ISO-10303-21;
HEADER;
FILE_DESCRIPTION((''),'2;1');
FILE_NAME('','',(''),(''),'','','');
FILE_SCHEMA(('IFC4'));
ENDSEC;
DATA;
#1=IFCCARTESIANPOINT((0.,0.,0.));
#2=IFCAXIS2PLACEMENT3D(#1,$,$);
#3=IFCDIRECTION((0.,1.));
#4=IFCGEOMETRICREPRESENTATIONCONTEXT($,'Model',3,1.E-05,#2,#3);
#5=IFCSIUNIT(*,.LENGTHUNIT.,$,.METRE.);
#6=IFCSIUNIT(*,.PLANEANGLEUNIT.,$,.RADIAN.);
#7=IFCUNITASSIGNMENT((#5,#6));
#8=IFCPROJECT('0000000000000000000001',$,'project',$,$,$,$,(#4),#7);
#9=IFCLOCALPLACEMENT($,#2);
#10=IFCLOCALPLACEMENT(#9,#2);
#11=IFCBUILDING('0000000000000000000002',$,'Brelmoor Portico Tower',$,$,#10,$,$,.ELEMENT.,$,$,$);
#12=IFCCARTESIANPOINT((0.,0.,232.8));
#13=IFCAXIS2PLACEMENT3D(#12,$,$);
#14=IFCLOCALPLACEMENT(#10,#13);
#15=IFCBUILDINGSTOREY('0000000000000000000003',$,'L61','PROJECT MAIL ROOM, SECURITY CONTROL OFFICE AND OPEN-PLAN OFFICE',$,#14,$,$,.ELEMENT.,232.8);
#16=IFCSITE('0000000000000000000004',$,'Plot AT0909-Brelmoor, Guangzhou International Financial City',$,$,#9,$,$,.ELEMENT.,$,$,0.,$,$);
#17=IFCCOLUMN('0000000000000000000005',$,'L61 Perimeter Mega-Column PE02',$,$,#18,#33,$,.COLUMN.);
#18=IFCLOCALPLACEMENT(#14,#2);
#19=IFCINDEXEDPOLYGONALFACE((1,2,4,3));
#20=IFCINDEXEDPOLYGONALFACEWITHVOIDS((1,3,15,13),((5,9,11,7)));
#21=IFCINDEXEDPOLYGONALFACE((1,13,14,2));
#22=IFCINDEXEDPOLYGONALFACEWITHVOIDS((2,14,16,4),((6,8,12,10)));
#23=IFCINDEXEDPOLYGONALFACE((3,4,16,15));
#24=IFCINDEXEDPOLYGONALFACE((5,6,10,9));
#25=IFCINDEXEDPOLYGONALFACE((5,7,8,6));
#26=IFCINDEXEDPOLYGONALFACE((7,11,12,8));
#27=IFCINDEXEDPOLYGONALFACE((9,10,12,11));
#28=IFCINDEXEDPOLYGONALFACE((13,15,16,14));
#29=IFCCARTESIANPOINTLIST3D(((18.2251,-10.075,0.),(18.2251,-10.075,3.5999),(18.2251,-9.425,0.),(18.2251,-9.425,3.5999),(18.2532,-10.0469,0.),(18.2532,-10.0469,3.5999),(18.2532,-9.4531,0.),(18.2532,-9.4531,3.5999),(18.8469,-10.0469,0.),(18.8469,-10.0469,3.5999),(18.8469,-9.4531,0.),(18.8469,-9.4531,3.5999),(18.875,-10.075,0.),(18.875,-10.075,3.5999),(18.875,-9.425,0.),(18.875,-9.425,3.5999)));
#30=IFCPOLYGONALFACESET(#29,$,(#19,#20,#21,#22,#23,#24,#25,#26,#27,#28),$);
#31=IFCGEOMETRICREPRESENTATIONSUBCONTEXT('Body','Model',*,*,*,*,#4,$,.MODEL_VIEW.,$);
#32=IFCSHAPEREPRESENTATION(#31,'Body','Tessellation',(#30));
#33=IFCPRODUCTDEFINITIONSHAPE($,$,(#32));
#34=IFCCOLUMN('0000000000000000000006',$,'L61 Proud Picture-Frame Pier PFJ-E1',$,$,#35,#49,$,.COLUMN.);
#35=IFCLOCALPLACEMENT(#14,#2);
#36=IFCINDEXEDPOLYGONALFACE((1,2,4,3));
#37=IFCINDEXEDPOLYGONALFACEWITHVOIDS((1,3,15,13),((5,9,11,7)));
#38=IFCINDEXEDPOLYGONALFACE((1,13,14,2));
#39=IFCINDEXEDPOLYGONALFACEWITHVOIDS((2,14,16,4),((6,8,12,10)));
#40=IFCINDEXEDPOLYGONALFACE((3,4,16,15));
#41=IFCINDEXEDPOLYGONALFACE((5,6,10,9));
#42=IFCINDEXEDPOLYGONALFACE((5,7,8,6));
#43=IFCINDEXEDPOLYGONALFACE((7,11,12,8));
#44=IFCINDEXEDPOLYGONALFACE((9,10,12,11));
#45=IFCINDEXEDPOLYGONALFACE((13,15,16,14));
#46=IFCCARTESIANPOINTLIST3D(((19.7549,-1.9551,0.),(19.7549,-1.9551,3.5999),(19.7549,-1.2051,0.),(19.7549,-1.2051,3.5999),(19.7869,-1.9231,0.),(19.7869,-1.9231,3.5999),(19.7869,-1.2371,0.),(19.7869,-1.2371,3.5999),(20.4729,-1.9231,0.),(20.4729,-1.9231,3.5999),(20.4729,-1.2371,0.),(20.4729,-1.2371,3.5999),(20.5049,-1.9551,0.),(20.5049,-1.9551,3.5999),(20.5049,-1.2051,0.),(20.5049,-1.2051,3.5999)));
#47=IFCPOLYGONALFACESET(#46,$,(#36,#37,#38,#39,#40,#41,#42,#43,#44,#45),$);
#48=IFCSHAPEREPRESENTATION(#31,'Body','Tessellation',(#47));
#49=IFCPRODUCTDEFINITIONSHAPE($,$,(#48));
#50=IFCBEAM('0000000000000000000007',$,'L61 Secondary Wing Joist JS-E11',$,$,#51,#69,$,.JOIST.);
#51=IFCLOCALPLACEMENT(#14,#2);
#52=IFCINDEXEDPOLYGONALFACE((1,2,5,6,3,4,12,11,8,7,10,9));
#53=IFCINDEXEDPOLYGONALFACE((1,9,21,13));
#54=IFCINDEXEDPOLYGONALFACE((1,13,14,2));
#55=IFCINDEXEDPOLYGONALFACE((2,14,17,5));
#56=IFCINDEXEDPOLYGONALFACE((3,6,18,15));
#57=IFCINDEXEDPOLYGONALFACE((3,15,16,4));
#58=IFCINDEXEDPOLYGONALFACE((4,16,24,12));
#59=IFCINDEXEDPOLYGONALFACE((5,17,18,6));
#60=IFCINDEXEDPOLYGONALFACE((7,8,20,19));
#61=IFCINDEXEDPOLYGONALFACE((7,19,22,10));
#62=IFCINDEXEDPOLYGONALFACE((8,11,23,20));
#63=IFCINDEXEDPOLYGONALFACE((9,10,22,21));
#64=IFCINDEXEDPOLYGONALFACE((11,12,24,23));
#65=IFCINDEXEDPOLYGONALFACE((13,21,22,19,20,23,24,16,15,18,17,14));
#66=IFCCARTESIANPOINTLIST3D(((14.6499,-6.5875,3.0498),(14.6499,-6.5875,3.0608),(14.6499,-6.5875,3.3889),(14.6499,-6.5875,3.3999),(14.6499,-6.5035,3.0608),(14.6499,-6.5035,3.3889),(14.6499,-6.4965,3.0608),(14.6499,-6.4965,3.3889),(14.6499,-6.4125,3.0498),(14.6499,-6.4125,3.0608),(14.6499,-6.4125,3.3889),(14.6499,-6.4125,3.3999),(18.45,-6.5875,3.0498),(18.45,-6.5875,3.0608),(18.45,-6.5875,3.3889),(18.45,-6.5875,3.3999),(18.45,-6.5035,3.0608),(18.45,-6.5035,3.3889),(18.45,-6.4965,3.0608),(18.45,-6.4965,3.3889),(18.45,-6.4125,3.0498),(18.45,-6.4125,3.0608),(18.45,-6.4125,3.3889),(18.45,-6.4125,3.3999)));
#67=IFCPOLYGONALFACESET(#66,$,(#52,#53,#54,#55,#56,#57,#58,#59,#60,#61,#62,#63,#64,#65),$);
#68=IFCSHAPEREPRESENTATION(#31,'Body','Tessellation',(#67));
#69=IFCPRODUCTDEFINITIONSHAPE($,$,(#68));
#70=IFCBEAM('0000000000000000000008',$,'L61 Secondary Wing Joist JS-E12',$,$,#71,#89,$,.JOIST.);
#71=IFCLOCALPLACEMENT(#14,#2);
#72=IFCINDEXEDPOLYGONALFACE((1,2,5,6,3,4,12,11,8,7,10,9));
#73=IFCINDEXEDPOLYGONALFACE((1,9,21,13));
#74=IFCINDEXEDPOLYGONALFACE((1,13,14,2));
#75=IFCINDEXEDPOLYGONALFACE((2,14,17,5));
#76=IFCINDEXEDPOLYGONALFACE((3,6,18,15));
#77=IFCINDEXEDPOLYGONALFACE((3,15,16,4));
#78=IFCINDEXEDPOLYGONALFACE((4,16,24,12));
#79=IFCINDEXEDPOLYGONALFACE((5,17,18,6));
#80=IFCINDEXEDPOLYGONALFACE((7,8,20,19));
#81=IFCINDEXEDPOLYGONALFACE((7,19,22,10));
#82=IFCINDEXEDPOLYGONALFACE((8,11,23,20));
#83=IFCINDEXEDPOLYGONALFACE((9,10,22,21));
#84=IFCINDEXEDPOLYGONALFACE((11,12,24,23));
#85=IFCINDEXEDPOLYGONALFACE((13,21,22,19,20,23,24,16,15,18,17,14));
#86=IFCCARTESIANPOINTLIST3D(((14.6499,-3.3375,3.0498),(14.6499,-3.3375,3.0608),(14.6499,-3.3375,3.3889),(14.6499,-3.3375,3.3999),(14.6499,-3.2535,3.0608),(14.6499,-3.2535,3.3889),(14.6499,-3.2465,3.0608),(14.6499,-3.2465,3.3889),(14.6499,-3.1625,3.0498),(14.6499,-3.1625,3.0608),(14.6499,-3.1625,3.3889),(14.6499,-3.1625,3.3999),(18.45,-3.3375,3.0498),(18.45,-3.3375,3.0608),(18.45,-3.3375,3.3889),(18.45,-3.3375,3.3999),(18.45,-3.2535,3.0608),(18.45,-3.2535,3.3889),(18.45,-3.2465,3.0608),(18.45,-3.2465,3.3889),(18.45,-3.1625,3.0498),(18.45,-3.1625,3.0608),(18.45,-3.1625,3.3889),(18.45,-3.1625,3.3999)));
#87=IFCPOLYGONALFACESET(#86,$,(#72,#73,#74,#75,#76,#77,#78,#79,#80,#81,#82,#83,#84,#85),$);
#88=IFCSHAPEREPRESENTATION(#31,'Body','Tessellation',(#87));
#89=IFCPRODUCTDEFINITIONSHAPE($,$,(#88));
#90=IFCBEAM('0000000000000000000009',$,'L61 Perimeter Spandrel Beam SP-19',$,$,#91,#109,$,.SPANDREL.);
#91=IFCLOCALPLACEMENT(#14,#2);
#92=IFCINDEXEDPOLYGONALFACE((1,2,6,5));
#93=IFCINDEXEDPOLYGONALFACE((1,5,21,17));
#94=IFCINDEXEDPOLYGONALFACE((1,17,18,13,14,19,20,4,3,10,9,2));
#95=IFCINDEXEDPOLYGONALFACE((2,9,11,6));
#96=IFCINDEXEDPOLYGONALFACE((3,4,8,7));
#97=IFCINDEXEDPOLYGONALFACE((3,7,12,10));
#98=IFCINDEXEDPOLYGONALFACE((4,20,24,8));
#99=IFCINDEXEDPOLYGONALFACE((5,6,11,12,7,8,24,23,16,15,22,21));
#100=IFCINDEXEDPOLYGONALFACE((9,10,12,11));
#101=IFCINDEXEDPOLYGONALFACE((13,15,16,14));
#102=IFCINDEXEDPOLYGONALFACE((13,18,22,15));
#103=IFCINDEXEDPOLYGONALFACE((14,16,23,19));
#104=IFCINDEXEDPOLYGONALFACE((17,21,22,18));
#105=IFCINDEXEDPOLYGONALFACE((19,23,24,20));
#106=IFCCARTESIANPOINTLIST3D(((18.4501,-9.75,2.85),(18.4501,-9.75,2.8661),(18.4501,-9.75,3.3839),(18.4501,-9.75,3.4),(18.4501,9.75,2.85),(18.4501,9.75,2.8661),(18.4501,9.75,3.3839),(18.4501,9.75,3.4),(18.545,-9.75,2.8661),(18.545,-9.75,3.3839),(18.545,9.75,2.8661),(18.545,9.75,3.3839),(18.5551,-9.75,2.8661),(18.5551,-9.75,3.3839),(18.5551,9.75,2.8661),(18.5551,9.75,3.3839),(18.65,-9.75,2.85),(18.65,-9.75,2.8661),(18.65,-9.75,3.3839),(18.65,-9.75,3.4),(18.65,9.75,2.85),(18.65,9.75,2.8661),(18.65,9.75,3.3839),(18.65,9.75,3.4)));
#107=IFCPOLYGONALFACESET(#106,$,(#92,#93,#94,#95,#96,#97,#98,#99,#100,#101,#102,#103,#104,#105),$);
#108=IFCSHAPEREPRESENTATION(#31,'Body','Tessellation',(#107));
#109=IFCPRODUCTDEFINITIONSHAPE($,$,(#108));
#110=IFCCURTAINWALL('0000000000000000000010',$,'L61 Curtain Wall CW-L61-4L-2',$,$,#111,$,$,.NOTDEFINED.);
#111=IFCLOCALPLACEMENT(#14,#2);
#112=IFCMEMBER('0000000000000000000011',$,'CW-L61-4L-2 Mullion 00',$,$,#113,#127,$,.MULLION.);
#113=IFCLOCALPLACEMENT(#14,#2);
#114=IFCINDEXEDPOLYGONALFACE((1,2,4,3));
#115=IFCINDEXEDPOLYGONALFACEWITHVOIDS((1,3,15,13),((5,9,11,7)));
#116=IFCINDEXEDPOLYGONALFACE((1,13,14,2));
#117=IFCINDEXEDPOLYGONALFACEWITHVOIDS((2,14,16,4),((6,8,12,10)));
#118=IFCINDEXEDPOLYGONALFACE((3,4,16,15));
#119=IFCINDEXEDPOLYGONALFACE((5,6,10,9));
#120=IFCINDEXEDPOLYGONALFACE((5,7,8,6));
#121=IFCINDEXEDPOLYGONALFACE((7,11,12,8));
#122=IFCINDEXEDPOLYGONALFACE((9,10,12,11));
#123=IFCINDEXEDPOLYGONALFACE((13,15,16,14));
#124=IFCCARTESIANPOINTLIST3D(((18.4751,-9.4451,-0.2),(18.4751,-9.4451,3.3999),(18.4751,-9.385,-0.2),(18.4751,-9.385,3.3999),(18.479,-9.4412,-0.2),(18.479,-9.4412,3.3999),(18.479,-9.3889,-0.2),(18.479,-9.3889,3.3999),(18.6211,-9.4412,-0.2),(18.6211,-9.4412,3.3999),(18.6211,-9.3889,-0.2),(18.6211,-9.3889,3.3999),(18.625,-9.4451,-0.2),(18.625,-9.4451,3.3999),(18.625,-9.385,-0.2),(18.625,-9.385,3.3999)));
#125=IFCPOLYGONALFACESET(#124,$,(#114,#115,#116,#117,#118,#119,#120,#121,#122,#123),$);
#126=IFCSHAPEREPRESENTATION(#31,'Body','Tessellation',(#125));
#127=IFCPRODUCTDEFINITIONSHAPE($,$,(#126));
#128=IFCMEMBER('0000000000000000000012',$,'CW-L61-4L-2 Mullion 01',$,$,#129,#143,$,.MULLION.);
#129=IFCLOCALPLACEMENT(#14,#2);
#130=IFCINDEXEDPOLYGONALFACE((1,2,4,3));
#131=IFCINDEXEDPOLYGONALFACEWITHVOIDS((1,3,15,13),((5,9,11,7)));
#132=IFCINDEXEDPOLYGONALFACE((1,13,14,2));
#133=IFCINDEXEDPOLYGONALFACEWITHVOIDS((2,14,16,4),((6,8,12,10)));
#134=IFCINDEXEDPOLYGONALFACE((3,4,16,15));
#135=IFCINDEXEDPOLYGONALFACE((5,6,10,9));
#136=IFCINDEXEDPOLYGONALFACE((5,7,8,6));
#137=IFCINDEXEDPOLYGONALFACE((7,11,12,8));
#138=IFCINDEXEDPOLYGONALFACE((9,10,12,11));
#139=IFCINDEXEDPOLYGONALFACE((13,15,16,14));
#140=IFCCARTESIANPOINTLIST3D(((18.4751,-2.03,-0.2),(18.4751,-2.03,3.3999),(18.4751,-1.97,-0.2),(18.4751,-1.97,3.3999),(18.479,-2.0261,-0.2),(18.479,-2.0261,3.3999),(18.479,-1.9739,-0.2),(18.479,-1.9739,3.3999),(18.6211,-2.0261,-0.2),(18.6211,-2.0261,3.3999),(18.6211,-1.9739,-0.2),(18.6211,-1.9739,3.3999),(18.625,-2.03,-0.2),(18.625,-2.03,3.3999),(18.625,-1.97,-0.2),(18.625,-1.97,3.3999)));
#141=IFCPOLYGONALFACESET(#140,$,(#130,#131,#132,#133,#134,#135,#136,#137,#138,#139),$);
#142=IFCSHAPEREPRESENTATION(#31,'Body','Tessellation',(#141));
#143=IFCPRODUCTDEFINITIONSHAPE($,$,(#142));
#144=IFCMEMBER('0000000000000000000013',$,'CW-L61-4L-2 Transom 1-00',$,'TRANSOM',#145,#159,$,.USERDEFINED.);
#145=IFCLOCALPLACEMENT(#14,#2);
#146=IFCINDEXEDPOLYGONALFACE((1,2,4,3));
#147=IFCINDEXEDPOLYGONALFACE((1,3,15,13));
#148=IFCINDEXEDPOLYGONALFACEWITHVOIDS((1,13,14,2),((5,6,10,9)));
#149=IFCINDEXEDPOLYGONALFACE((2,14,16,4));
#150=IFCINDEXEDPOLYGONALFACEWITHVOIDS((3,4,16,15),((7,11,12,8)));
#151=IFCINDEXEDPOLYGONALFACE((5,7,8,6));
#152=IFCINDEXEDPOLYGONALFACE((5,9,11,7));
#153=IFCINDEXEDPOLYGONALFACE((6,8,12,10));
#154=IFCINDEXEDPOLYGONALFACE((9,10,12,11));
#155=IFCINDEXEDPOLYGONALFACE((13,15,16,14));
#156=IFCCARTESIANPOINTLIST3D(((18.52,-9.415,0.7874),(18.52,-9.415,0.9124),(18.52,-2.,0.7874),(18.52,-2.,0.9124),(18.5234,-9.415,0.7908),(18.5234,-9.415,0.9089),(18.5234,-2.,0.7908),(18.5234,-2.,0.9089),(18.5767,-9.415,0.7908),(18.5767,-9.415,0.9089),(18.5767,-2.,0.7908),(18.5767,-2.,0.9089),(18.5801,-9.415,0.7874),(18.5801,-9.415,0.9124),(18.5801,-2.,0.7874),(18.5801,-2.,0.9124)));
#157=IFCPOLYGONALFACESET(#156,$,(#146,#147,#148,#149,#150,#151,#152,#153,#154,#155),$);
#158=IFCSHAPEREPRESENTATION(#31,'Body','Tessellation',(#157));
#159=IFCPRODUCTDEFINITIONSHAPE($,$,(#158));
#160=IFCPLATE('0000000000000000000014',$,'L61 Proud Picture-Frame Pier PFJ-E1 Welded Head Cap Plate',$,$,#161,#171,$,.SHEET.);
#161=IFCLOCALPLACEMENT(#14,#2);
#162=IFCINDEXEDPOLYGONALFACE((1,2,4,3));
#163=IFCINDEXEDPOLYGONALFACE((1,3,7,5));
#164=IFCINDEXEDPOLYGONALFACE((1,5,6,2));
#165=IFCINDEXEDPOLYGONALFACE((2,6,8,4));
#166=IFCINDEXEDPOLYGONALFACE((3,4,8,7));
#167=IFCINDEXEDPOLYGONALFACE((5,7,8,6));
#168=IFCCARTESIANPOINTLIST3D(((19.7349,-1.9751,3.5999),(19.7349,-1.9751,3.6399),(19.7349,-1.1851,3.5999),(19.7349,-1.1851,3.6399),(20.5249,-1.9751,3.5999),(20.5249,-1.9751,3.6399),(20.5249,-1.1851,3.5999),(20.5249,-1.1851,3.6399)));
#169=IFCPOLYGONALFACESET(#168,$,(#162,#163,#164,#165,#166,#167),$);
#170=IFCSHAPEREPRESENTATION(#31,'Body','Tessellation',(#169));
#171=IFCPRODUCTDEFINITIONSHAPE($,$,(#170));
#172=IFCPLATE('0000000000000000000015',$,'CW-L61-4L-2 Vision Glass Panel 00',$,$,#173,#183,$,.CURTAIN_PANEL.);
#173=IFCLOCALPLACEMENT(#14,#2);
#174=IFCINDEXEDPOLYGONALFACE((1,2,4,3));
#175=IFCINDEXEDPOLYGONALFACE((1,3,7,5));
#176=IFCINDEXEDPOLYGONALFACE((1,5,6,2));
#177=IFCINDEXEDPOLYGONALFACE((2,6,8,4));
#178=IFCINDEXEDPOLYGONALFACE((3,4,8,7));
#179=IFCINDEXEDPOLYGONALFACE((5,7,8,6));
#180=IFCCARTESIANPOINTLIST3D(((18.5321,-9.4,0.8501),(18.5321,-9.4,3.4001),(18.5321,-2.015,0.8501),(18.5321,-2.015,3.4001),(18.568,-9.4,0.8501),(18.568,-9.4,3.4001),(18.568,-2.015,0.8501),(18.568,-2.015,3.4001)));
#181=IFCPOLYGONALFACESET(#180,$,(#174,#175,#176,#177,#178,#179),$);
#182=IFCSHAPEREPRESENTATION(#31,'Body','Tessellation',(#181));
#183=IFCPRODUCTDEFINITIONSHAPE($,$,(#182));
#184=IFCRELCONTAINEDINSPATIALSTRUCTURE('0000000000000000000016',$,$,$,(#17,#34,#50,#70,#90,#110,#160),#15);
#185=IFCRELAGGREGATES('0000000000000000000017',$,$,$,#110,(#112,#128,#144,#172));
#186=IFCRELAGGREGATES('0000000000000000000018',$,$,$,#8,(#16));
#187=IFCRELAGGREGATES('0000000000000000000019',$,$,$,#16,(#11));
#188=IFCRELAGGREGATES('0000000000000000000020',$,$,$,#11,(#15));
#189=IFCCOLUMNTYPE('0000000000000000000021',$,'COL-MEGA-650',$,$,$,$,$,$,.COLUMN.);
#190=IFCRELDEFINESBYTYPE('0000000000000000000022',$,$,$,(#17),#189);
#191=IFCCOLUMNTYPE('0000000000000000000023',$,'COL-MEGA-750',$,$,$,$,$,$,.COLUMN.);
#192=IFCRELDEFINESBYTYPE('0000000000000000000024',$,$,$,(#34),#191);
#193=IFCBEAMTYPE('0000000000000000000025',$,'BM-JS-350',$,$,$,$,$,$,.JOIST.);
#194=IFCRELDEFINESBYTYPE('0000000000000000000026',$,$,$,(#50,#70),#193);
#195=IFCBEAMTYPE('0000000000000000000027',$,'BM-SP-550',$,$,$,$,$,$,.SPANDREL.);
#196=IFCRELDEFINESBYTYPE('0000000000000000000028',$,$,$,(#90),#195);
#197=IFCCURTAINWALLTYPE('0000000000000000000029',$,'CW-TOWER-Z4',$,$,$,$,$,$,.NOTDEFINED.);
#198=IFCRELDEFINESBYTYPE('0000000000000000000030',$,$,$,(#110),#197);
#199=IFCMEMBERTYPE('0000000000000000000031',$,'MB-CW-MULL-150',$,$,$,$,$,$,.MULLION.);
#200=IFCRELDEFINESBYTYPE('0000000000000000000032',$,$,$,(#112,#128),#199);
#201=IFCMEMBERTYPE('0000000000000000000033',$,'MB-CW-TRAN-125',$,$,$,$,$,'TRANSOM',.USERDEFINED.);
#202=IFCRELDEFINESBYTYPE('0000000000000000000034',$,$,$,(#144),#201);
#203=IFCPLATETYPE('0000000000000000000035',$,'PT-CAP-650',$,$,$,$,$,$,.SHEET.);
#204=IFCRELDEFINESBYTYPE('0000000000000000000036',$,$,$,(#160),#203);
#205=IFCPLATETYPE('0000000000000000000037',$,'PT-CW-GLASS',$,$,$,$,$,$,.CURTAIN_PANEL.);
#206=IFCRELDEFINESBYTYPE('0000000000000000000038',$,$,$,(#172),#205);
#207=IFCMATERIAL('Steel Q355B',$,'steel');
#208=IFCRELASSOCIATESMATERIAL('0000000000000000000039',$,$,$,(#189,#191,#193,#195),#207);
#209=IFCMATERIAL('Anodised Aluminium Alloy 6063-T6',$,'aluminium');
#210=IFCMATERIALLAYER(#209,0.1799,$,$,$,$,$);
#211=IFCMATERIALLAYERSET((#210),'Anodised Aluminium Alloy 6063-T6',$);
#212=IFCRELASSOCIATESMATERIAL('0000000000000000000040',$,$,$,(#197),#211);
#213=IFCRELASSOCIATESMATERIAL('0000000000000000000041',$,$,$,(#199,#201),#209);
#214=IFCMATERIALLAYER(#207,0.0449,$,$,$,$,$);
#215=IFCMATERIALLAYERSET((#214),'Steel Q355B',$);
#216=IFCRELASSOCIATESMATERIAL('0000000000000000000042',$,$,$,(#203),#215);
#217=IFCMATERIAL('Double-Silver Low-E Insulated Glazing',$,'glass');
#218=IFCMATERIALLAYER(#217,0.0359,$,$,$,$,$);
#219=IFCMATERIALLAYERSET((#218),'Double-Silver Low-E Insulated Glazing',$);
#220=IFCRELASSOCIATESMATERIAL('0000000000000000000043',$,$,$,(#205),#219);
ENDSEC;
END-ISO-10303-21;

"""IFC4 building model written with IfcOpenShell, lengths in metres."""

from ifc_helpers import new_model, si_unit, direction, frame, origin, origin_2d, place, context, subcontext, project, spatial, rectangle, hollow_rectangle, i_section, extrude, material, layer, layer_set, material_profile, profile_set, type_object, element, aggregate, save


model = new_model("IFC4")

# Units and contexts
model_context = context("Model", 3, precision=1e-05, world=origin(), true_north=direction((0.0, 1.0)))
body_context = subcontext(model_context, "Body", "Model", "MODEL_VIEW")
ifc_project = project(units=[si_unit("LENGTHUNIT", "METRE"), si_unit("PLANEANGLEUNIT", "RADIAN")], contexts=[model_context])

# Site, building, storey
site_placement = place(None, origin())
site = spatial("IfcSite", under=ifc_project, at=site_placement, Name="Plot AT0909-Brelmoor, Guangzhou International Financial City", CompositionType="ELEMENT", RefElevation=0.0)
building_placement = place(site_placement, origin())
building = spatial("IfcBuilding", under=site, at=building_placement, Name="Brelmoor Portico Tower", CompositionType="ELEMENT")
storey_placement = place(building_placement, frame((0.0, 0.0, 232.8)))
storey = spatial("IfcBuildingStorey", under=building, at=storey_placement, Name="L61", Description="PROJECT MAIL ROOM, SECURITY CONTROL OFFICE AND OPEN-PLAN OFFICE", CompositionType="ELEMENT", Elevation=232.8)

# Columns
ifc_material_1 = material(Name="Steel Q355B", Category="steel")
ifc_material_profile_1 = material_profile(ifc_material_1, hollow_rectangle(XDim=0.6499, YDim=0.6499, WallThickness=0.0281, at=origin_2d()), Name="BOX 650x650x28")
ifc_profile_set_1 = profile_set([ifc_material_profile_1], Name="Steel Q355B")
column_type_1 = type_object("IfcColumnType", Name="COL-MEGA-650", PredefinedType="COLUMN", material=ifc_profile_set_1)
column_1_placement = place(storey_placement, frame((18.55, -9.75, 0.0), z_axis=(0.0, 0.0, 1.0), x_axis=(0.0, 1.0, 0.0)))
element("IfcColumn", 1, at=column_1_placement, inside=storey, type_object=column_type_1, Name="L61 Perimeter Mega-Column PE02", PredefinedType="COLUMN", context=body_context, shape_type="SweptSolid", body=[
    extrude(hollow_rectangle(XDim=0.6499, YDim=0.6499, WallThickness=0.0281, at=origin_2d()), origin(), (0.0, 0.0, 1.0), 3.5999),
])
ifc_material_profile_2 = material_profile(ifc_material_1, hollow_rectangle(XDim=0.75, YDim=0.75, WallThickness=0.032, at=origin_2d()), Name="BOX 750x750x32")
ifc_profile_set_2 = profile_set([ifc_material_profile_2], Name="Steel Q355B")
column_type_2 = type_object("IfcColumnType", Name="COL-MEGA-750", PredefinedType="COLUMN", material=ifc_profile_set_2)
column_2_placement = place(storey_placement, frame((20.1299, -1.5801, 0.0), z_axis=(0.0, 0.0, 1.0), x_axis=(0.0, 1.0, 0.0)))
element("IfcColumn", 2, at=column_2_placement, inside=storey, type_object=column_type_2, Name="L61 Proud Picture-Frame Pier PFJ-E1", PredefinedType="COLUMN", context=body_context, shape_type="SweptSolid", body=[
    extrude(hollow_rectangle(XDim=0.75, YDim=0.75, WallThickness=0.032, at=origin_2d()), origin(), (0.0, 0.0, 1.0), 3.5999),
])

# Beams
ifc_material_profile_3 = material_profile(ifc_material_1, i_section(OverallWidth=0.175, OverallDepth=0.3501, WebThickness=0.0071, FlangeThickness=0.011, at=origin_2d()), Name="HN 350x175x7x11")
ifc_profile_set_3 = profile_set([ifc_material_profile_3], Name="Steel Q355B")
beam_type_1 = type_object("IfcBeamType", Name="BM-JS-350", PredefinedType="JOIST", material=ifc_profile_set_3)
for number, where, z_axis, x_axis, name in (
    (3, (14.6499, -6.5, 3.2249), (1.0, 0.0, 0.0), (0.0, 1.0, 0.0), "L61 Secondary Wing Joist JS-E11"),
    (4, (14.6499, -3.25, 3.2249), (1.0, 0.0, 0.0), (0.0, 1.0, 0.0), "L61 Secondary Wing Joist JS-E12"),
):
    element("IfcBeam", number, at=place(storey_placement, frame(where, z_axis=z_axis, x_axis=x_axis)), inside=storey, type_object=beam_type_1, Name=name, PredefinedType="JOIST", context=body_context, shape_type="SweptSolid", body=[
        extrude(i_section(OverallWidth=0.175, OverallDepth=0.3501, WebThickness=0.0071, FlangeThickness=0.011, at=origin_2d()), origin(), (0.0, 0.0, 1.0), 3.8),
    ])
ifc_material_profile_4 = material_profile(ifc_material_1, i_section(OverallWidth=0.2, OverallDepth=0.55, WebThickness=0.01, FlangeThickness=0.0161, at=origin_2d()), Name="HN 550x200x10x16")
ifc_profile_set_4 = profile_set([ifc_material_profile_4], Name="Steel Q355B")
beam_type_2 = type_object("IfcBeamType", Name="BM-SP-550", PredefinedType="SPANDREL", material=ifc_profile_set_4)
beam_placement = place(storey_placement, frame((18.55, -9.75, 3.125), z_axis=(0.0, 1.0, 0.0), x_axis=(-1.0, 0.0, 0.0)))
element("IfcBeam", 5, at=beam_placement, inside=storey, type_object=beam_type_2, Name="L61 Perimeter Spandrel Beam SP-19", PredefinedType="SPANDREL", context=body_context, shape_type="SweptSolid", body=[
    extrude(i_section(OverallWidth=0.2, OverallDepth=0.55, WebThickness=0.01, FlangeThickness=0.0161, at=origin_2d()), origin(), (0.0, 0.0, 1.0), 19.5),
])

# Curtain wall, members
ifc_material_2 = material(Name="Anodised Aluminium Alloy 6063-T6", Category="aluminium")
ifc_layer_1 = layer(ifc_material_2, 0.1799)
ifc_layer_set_1 = layer_set([ifc_layer_1], Name="Anodised Aluminium Alloy 6063-T6")
curtain_wall_type = type_object("IfcCurtainWallType", Name="CW-TOWER-Z4", PredefinedType="NOTDEFINED", material=ifc_layer_set_1)
curtain_wall_placement = place(storey_placement, origin())
curtain_wall = element("IfcCurtainWall", 6, at=curtain_wall_placement, inside=storey, type_object=curtain_wall_type, Name="L61 Curtain Wall CW-L61-4L-2", PredefinedType="NOTDEFINED")
ifc_material_profile_5 = material_profile(ifc_material_2, hollow_rectangle(XDim=0.0601, YDim=0.1499, WallThickness=0.0039, at=origin_2d()), Name="ALU MULLION 60x150")
ifc_profile_set_5 = profile_set([ifc_material_profile_5], Name="Anodised Aluminium Alloy 6063-T6")
member_type_1 = type_object("IfcMemberType", Name="MB-CW-MULL-150", PredefinedType="MULLION", material=ifc_profile_set_5)
member_1_placement = place(storey_placement, frame((18.55, -9.415, -0.2), z_axis=(0.0, 0.0, 1.0), x_axis=(0.0, 1.0, 0.0)))
member_1 = element("IfcMember", 7, at=member_1_placement, type_object=member_type_1, Name="CW-L61-4L-2 Mullion 00", PredefinedType="MULLION", context=body_context, shape_type="SweptSolid", body=[
    extrude(hollow_rectangle(XDim=0.0601, YDim=0.1499, WallThickness=0.0039, at=origin_2d()), origin(), (0.0, 0.0, 1.0), 3.5999),
])
member_2_placement = place(storey_placement, frame((18.55, -2.0, -0.2), z_axis=(0.0, 0.0, 1.0), x_axis=(0.0, 1.0, 0.0)))
member_2 = element("IfcMember", 8, at=member_2_placement, type_object=member_type_1, Name="CW-L61-4L-2 Mullion 01", PredefinedType="MULLION", context=body_context, shape_type="SweptSolid", body=[
    extrude(hollow_rectangle(XDim=0.0601, YDim=0.1499, WallThickness=0.0039, at=origin_2d()), origin(), (0.0, 0.0, 1.0), 3.5999),
])
ifc_material_profile_6 = material_profile(ifc_material_2, hollow_rectangle(XDim=0.0601, YDim=0.125, WallThickness=0.0034, at=origin_2d()), Name="ALU TRANSOM 60x125")
ifc_profile_set_6 = profile_set([ifc_material_profile_6], Name="Anodised Aluminium Alloy 6063-T6")
member_type_2 = type_object("IfcMemberType", Name="MB-CW-TRAN-125", ElementType="TRANSOM", PredefinedType="USERDEFINED", material=ifc_profile_set_6)
member_3_placement = place(storey_placement, frame((18.55, -9.415, 0.8499), z_axis=(0.0, 1.0, 0.0), x_axis=(-1.0, 0.0, 0.0)))
member_3 = element("IfcMember", 9, at=member_3_placement, type_object=member_type_2, Name="CW-L61-4L-2 Transom 1-00", ObjectType="TRANSOM", PredefinedType="USERDEFINED", context=body_context, shape_type="SweptSolid", body=[
    extrude(hollow_rectangle(XDim=0.0601, YDim=0.125, WallThickness=0.0034, at=origin_2d()), origin(), (0.0, 0.0, 1.0), 7.415),
])

# Plates
ifc_layer_2 = layer(ifc_material_1, 0.0449)
ifc_layer_set_2 = layer_set([ifc_layer_2], Name="Steel Q355B")
plate_type_1 = type_object("IfcPlateType", Name="PT-CAP-650", PredefinedType="SHEET", material=ifc_layer_set_2)
plate_1_placement = place(storey_placement, frame((20.1299, -1.5801, 3.5999), z_axis=(0.0, 0.0, 1.0), x_axis=(0.0, 1.0, 0.0)))
element("IfcPlate", 10, at=plate_1_placement, inside=storey, type_object=plate_type_1, Name="L61 Proud Picture-Frame Pier PFJ-E1 Welded Head Cap Plate", PredefinedType="SHEET", context=body_context, shape_type="SweptSolid", body=[
    extrude(rectangle(XDim=0.79, YDim=0.79, at=origin_2d()), origin(), (0.0, 0.0, 1.0), 0.04),
])
ifc_material_3 = material(Name="Double-Silver Low-E Insulated Glazing", Category="glass")
ifc_layer_3 = layer(ifc_material_3, 0.0359)
ifc_layer_set_3 = layer_set([ifc_layer_3], Name="Double-Silver Low-E Insulated Glazing")
plate_type_2 = type_object("IfcPlateType", Name="PT-CW-GLASS", PredefinedType="CURTAIN_PANEL", material=ifc_layer_set_3)
plate_2_placement = place(storey_placement, frame((18.55, -5.7075, 0.8501), z_axis=(0.0, 0.0, 1.0), x_axis=(0.0, 1.0, 0.0)))
plate_2 = element("IfcPlate", 11, at=plate_2_placement, type_object=plate_type_2, Name="CW-L61-4L-2 Vision Glass Panel 00", PredefinedType="CURTAIN_PANEL", context=body_context, shape_type="SweptSolid", body=[
    extrude(rectangle(XDim=7.385, YDim=0.0359, at=origin_2d()), origin(), (0.0, 0.0, 1.0), 2.55),
])
aggregate(curtain_wall, [member_1, member_2, member_3, plate_2])

save(model, "model.ifc")
